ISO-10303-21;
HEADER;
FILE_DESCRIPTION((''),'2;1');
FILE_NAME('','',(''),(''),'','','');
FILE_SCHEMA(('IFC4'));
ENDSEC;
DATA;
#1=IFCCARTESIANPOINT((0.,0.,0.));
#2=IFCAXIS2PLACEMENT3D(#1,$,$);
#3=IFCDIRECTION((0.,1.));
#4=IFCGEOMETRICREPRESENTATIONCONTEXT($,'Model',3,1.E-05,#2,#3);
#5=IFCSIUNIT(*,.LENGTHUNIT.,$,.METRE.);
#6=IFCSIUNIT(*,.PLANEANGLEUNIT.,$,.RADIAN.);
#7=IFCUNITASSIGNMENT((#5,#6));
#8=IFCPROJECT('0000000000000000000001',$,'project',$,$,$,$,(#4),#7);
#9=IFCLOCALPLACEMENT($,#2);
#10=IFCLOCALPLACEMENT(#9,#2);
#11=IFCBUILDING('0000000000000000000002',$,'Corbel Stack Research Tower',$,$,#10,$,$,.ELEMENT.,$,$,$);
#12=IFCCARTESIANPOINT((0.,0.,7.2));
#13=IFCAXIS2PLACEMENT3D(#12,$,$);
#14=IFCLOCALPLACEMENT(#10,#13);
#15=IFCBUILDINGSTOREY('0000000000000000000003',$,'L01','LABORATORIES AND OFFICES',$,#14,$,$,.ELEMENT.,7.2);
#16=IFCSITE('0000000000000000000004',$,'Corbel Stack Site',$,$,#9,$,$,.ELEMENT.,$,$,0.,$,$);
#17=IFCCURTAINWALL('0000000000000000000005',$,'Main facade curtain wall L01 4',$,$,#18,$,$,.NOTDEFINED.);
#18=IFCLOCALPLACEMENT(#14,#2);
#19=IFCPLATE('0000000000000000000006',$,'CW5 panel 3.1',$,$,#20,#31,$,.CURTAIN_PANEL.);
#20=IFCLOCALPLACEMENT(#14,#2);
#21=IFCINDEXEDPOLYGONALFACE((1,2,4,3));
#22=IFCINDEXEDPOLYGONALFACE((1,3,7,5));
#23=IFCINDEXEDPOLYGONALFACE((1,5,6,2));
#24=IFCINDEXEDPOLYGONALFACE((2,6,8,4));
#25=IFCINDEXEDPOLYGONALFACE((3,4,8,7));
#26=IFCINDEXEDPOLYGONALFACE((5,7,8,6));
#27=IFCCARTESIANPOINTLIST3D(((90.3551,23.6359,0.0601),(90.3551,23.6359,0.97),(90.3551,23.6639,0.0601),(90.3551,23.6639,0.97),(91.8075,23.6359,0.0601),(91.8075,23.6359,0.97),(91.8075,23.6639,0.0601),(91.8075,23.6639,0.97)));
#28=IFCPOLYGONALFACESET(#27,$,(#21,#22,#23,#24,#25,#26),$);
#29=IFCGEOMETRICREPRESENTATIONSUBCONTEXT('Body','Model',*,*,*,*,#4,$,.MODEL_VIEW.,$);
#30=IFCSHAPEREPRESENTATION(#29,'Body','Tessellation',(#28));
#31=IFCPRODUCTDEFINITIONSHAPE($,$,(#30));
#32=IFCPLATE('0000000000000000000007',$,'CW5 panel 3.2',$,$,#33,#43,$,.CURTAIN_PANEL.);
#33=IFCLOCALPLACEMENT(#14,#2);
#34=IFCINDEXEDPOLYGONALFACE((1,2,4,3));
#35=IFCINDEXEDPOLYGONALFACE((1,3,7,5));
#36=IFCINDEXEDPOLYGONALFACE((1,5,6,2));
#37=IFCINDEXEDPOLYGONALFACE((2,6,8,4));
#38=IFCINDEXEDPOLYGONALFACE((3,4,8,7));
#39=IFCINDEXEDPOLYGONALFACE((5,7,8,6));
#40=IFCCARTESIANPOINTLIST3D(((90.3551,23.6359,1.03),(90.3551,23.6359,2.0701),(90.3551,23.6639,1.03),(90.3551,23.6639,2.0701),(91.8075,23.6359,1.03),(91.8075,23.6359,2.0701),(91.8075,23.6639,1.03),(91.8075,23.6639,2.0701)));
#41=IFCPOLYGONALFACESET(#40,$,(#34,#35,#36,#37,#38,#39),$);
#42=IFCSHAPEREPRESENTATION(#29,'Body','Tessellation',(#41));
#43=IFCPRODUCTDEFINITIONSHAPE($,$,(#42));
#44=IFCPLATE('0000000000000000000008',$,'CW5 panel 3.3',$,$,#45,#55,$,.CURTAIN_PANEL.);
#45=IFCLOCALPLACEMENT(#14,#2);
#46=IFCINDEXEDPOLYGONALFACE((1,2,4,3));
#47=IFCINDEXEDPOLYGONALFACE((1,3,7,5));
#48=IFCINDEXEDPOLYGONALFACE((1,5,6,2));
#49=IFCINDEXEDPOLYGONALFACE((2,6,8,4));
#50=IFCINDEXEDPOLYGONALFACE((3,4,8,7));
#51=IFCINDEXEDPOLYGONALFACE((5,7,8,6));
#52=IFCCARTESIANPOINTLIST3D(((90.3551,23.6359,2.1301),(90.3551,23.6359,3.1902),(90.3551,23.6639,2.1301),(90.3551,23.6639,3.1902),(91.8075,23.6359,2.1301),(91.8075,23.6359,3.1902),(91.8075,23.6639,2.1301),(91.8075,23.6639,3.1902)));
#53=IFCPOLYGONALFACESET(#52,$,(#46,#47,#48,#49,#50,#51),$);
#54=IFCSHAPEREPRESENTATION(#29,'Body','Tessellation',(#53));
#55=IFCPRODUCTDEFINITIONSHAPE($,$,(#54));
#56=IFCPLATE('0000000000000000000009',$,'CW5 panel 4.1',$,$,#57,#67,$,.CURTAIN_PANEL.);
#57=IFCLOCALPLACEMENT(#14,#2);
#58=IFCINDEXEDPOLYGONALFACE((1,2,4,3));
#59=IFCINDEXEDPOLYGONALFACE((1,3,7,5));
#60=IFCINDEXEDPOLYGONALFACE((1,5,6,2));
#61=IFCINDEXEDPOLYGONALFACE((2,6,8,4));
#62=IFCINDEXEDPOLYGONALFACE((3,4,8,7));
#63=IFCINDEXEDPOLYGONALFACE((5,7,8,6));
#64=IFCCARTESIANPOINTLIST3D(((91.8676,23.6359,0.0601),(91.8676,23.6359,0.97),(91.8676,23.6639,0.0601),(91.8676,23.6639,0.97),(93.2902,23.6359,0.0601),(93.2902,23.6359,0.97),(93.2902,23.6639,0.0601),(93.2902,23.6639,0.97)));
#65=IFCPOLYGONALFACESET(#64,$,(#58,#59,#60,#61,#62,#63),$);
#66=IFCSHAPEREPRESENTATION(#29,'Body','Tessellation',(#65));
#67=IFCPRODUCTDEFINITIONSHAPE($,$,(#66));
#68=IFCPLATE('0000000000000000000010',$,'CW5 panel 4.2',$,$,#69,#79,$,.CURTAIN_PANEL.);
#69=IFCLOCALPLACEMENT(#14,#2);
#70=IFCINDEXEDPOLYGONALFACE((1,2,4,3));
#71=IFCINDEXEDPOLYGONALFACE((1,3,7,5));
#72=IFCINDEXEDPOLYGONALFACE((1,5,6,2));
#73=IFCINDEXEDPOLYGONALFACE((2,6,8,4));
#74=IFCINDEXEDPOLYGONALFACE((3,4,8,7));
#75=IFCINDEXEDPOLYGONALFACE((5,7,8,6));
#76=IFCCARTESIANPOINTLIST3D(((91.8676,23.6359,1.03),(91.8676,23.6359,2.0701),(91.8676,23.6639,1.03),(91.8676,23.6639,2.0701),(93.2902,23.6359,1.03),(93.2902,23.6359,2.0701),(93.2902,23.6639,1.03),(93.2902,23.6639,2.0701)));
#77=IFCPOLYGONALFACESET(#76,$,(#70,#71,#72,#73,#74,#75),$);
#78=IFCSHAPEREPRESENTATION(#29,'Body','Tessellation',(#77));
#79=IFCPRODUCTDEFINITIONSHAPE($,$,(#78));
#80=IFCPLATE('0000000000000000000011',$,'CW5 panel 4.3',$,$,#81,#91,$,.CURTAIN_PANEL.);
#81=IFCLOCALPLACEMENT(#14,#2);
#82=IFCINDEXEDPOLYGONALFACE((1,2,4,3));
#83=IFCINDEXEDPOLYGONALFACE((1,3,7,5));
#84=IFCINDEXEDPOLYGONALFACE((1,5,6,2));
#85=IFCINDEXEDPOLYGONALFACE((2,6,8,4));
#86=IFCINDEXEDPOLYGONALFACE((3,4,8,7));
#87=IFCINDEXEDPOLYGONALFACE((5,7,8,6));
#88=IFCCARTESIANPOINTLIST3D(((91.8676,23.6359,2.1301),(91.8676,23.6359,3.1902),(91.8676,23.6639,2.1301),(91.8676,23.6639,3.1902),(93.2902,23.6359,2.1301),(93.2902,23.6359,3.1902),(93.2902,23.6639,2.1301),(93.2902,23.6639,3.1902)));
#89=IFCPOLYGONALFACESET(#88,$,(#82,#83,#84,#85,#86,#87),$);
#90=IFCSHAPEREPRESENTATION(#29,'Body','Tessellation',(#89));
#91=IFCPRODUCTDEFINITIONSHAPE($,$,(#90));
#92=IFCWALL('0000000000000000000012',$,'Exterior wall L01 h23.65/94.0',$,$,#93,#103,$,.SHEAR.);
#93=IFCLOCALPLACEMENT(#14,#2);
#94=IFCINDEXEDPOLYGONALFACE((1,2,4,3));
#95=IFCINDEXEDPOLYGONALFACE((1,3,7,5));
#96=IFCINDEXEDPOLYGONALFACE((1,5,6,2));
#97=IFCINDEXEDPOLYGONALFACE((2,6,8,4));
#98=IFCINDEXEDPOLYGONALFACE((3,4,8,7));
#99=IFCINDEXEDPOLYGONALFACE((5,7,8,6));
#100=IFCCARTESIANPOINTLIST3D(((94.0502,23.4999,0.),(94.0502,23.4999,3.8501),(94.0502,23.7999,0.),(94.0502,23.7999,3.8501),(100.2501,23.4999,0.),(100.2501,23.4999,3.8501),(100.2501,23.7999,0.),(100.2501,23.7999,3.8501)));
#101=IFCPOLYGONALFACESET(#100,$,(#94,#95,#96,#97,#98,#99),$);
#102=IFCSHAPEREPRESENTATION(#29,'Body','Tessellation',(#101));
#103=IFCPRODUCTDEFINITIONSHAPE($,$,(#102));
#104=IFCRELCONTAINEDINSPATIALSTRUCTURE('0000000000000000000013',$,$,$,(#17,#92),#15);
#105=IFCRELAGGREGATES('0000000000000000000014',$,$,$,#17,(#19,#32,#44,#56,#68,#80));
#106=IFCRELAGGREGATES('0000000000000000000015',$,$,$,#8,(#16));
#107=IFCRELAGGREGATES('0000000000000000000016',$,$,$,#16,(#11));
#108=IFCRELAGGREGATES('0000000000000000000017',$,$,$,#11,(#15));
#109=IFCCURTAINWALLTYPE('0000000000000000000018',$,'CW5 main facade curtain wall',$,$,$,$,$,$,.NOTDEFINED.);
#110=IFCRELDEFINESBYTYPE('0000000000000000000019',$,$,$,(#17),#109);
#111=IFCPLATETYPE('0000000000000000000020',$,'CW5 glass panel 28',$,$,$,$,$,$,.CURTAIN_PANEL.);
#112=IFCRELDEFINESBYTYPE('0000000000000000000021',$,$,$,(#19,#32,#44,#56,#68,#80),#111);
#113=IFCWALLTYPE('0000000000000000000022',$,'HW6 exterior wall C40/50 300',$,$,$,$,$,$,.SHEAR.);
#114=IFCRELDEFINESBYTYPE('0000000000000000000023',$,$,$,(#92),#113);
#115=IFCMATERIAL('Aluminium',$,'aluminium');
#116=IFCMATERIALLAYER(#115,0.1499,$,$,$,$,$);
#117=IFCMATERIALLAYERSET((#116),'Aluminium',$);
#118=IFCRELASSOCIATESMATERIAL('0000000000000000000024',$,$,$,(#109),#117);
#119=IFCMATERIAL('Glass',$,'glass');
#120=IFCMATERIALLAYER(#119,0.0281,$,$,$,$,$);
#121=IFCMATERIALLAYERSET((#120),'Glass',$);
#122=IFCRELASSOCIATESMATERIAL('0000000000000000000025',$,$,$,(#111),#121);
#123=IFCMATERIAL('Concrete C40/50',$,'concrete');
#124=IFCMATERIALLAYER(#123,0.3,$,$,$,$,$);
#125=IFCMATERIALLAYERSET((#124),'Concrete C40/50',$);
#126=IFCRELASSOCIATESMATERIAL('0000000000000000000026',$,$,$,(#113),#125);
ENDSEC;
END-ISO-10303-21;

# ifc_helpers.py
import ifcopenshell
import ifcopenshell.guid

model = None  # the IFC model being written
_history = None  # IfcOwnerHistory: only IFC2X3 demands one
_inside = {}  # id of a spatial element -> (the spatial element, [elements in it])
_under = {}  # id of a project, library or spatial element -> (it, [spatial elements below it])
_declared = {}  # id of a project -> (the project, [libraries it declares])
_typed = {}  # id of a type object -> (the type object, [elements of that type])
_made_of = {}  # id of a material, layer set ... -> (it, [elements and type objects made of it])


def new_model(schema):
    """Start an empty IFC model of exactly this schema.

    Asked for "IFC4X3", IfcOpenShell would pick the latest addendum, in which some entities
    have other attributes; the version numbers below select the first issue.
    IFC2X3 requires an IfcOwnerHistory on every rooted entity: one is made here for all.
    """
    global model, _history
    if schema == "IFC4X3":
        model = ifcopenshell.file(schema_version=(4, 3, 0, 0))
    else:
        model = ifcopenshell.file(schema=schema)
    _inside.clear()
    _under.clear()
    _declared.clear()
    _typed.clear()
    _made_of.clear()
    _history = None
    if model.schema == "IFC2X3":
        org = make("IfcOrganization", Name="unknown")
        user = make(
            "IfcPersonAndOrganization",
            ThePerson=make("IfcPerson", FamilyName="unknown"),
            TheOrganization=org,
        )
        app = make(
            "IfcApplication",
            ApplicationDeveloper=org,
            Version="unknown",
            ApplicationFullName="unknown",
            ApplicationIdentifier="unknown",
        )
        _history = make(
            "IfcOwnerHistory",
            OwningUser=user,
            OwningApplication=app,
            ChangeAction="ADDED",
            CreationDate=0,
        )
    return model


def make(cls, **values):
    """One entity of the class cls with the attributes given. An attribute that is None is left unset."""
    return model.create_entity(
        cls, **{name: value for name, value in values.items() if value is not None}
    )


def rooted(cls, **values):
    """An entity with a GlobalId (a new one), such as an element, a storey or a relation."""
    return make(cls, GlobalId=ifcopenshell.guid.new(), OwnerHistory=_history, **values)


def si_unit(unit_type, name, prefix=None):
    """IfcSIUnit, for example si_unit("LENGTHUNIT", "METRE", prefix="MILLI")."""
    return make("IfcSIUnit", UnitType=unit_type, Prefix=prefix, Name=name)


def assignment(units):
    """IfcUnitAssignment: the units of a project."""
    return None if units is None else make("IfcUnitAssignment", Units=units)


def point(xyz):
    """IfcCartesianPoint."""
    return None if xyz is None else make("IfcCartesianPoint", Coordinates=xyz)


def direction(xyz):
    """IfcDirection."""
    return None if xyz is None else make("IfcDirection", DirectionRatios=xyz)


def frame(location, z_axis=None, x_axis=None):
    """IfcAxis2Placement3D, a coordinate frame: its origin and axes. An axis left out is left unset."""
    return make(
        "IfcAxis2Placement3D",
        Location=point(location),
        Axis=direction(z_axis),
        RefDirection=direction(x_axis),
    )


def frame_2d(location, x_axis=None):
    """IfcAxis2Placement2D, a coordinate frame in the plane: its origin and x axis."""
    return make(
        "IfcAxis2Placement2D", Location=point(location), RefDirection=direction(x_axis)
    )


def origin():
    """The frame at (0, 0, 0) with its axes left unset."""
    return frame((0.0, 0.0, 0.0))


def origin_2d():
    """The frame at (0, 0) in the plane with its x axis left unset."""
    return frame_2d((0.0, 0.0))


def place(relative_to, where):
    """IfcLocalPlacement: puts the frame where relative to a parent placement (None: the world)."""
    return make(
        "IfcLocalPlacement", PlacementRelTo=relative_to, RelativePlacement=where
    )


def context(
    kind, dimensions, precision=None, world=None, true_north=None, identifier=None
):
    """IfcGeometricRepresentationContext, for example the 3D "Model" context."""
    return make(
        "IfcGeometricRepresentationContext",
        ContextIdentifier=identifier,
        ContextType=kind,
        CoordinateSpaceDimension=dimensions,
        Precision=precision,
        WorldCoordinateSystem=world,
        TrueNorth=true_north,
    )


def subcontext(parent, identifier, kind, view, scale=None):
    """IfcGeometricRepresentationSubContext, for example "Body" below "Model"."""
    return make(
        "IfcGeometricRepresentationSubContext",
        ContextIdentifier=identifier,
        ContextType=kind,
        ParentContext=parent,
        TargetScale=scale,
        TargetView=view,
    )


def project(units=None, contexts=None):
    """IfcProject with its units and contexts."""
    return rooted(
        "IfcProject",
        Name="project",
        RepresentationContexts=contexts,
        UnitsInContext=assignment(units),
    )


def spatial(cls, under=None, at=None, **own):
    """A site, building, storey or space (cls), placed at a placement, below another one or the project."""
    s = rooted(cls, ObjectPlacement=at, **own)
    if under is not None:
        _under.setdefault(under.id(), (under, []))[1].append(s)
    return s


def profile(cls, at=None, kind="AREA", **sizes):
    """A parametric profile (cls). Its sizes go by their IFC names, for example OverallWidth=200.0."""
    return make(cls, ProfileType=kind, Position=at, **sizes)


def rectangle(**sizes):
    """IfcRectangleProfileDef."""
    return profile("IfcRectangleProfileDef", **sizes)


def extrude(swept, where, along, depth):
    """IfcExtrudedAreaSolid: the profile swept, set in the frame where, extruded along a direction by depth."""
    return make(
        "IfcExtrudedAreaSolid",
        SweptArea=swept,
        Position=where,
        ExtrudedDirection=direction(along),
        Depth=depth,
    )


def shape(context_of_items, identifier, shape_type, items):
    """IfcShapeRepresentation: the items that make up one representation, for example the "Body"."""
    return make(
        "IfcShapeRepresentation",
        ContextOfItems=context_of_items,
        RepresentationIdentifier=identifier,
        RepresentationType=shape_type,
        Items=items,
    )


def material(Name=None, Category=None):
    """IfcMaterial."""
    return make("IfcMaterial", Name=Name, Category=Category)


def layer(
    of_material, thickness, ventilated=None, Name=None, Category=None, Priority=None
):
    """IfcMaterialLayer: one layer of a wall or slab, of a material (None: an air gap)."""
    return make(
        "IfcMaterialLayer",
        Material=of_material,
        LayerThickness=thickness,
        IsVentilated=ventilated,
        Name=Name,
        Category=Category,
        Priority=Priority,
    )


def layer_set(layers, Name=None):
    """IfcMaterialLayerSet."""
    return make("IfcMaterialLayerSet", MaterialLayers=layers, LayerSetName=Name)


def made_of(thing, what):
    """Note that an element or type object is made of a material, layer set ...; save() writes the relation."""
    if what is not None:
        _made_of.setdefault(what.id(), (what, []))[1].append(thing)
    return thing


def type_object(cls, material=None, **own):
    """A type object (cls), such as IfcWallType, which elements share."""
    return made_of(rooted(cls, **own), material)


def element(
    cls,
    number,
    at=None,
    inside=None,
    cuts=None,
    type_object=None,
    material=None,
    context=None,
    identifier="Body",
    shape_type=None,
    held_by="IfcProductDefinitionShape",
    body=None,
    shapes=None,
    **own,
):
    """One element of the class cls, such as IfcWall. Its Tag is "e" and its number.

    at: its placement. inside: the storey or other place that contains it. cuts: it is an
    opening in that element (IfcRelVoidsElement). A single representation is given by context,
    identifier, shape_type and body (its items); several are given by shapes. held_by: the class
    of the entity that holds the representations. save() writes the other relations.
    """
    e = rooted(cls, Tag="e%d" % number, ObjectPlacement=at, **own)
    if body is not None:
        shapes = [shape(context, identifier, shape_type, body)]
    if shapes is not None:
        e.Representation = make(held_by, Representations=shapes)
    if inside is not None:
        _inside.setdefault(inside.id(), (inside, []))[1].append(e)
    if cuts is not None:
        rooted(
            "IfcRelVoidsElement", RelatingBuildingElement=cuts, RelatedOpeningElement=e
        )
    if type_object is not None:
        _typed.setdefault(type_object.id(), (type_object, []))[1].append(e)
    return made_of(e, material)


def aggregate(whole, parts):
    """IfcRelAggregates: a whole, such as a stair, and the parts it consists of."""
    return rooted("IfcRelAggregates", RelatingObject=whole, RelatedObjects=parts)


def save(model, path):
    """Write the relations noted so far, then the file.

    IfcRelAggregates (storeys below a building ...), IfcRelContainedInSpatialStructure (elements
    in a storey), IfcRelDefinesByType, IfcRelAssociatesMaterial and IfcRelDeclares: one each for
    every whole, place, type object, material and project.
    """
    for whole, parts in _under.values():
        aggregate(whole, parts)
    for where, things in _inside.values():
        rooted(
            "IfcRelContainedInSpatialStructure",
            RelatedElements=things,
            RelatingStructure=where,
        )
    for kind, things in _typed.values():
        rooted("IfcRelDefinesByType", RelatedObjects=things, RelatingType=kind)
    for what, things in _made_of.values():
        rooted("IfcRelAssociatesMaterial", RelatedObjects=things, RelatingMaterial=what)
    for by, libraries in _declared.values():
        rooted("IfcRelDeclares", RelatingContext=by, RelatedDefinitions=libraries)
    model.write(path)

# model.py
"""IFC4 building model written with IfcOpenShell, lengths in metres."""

from ifc_helpers import new_model, si_unit, direction, frame, frame_2d, origin, origin_2d, place, context, subcontext, project, spatial, rectangle, extrude, material, layer, layer_set, type_object, element, aggregate, save


model = new_model("IFC4")

# Units and contexts
model_context = context("Model", 3, precision=1e-05, world=origin(), true_north=direction((0.0, 1.0)))
body_context = subcontext(model_context, "Body", "Model", "MODEL_VIEW")
ifc_project = project(units=[si_unit("LENGTHUNIT", "METRE"), si_unit("PLANEANGLEUNIT", "RADIAN")], contexts=[model_context])

# Site, building, storey
site_placement = place(None, origin())
site = spatial("IfcSite", under=ifc_project, at=site_placement, Name="Corbel Stack Site", CompositionType="ELEMENT", RefElevation=0.0)
building_placement = place(site_placement, origin())
building = spatial("IfcBuilding", under=site, at=building_placement, Name="Corbel Stack Research Tower", CompositionType="ELEMENT")
storey_placement = place(building_placement, frame((0.0, 0.0, 7.2)))
storey = spatial("IfcBuildingStorey", under=building, at=storey_placement, Name="L01", Description="LABORATORIES AND OFFICES", CompositionType="ELEMENT", Elevation=7.2)

# Curtain wall, plates
ifc_material_1 = material(Name="Aluminium", Category="aluminium")
ifc_layer_1 = layer(ifc_material_1, 0.1499)
ifc_layer_set_1 = layer_set([ifc_layer_1], Name="Aluminium")
curtain_wall_type = type_object("IfcCurtainWallType", Name="CW5 main facade curtain wall", PredefinedType="NOTDEFINED", material=ifc_layer_set_1)
curtain_wall_placement = place(storey_placement, origin())
curtain_wall = element("IfcCurtainWall", 1, at=curtain_wall_placement, inside=storey, type_object=curtain_wall_type, Name="Main facade curtain wall L01 4", PredefinedType="NOTDEFINED")
ifc_material_2 = material(Name="Glass", Category="glass")
ifc_layer_2 = layer(ifc_material_2, 0.0281)
ifc_layer_set_2 = layer_set([ifc_layer_2], Name="Glass")
plate_type = type_object("IfcPlateType", Name="CW5 glass panel 28", PredefinedType="CURTAIN_PANEL", material=ifc_layer_set_2)
plate_1_placement = place(storey_placement, frame((91.0813, 23.6499, 0.0601), z_axis=(0.0, 0.0, 1.0), x_axis=(1.0, 0.0, 0.0)))
plate_1 = element("IfcPlate", 2, at=plate_1_placement, type_object=plate_type, Name="CW5 panel 3.1", PredefinedType="CURTAIN_PANEL", context=body_context, shape_type="SweptSolid", body=[
    extrude(rectangle(XDim=1.4524, YDim=0.0281, at=origin_2d()), origin(), (0.0, 0.0, 1.0), 0.9099),
])
plate_2_placement = place(storey_placement, frame((91.0813, 23.6499, 1.03), z_axis=(0.0, 0.0, 1.0), x_axis=(1.0, 0.0, 0.0)))
plate_2 = element("IfcPlate", 3, at=plate_2_placement, type_object=plate_type, Name="CW5 panel 3.2", PredefinedType="CURTAIN_PANEL", context=body_context, shape_type="SweptSolid", body=[
    extrude(rectangle(XDim=1.4524, YDim=0.0281, at=origin_2d()), origin(), (0.0, 0.0, 1.0), 1.04),
])
plate_3_placement = place(storey_placement, frame((91.0813, 23.6499, 2.1301), z_axis=(0.0, 0.0, 1.0), x_axis=(1.0, 0.0, 0.0)))
plate_3 = element("IfcPlate", 4, at=plate_3_placement, type_object=plate_type, Name="CW5 panel 3.3", PredefinedType="CURTAIN_PANEL", context=body_context, shape_type="SweptSolid", body=[
    extrude(rectangle(XDim=1.4524, YDim=0.0281, at=origin_2d()), origin(), (0.0, 0.0, 1.0), 1.0601),
])
plate_4_placement = place(storey_placement, frame((92.5789, 23.6499, 0.0601), z_axis=(0.0, 0.0, 1.0), x_axis=(1.0, 0.0, 0.0)))
plate_4 = element("IfcPlate", 5, at=plate_4_placement, type_object=plate_type, Name="CW5 panel 4.1", PredefinedType="CURTAIN_PANEL", context=body_context, shape_type="SweptSolid", body=[
    extrude(rectangle(XDim=1.4226, YDim=0.0281, at=origin_2d()), origin(), (0.0, 0.0, 1.0), 0.9099),
])
plate_5_placement = place(storey_placement, frame((92.5789, 23.6499, 1.03), z_axis=(0.0, 0.0, 1.0), x_axis=(1.0, 0.0, 0.0)))
plate_5 = element("IfcPlate", 6, at=plate_5_placement, type_object=plate_type, Name="CW5 panel 4.2", PredefinedType="CURTAIN_PANEL", context=body_context, shape_type="SweptSolid", body=[
    extrude(rectangle(XDim=1.4226, YDim=0.0281, at=origin_2d()), origin(), (0.0, 0.0, 1.0), 1.04),
])
plate_6_placement = place(storey_placement, frame((92.5789, 23.6499, 2.1301), z_axis=(0.0, 0.0, 1.0), x_axis=(1.0, 0.0, 0.0)))
plate_6 = element("IfcPlate", 7, at=plate_6_placement, type_object=plate_type, Name="CW5 panel 4.3", PredefinedType="CURTAIN_PANEL", context=body_context, shape_type="SweptSolid", body=[
    extrude(rectangle(XDim=1.4226, YDim=0.0281, at=origin_2d()), origin(), (0.0, 0.0, 1.0), 1.0601),
])
aggregate(curtain_wall, [plate_1, plate_2, plate_3, plate_4, plate_5, plate_6])

# Wall
ifc_material_3 = material(Name="Concrete C40/50", Category="concrete")
ifc_layer_3 = layer(ifc_material_3, 0.3)
ifc_layer_set_3 = layer_set([ifc_layer_3], Name="Concrete C40/50")
wall_type = type_object("IfcWallType", Name="HW6 exterior wall C40/50 300", PredefinedType="SHEAR", material=ifc_layer_set_3)
wall_placement = place(storey_placement, frame((94.05, 23.6499, 0.0), z_axis=(0.0, 0.0, 1.0), x_axis=(1.0, 0.0, 0.0)))
element("IfcWall", 8, at=wall_placement, inside=storey, type_object=wall_type, Name="Exterior wall L01 h23.65/94.0", PredefinedType="SHEAR", context=body_context, shape_type="SweptSolid", body=[
    extrude(rectangle(XDim=6.2, YDim=0.3, at=frame_2d((3.1001, 0.0))), origin(), (0.0, 0.0, 1.0), 3.8501),
])

save(model, "model.ifc")
